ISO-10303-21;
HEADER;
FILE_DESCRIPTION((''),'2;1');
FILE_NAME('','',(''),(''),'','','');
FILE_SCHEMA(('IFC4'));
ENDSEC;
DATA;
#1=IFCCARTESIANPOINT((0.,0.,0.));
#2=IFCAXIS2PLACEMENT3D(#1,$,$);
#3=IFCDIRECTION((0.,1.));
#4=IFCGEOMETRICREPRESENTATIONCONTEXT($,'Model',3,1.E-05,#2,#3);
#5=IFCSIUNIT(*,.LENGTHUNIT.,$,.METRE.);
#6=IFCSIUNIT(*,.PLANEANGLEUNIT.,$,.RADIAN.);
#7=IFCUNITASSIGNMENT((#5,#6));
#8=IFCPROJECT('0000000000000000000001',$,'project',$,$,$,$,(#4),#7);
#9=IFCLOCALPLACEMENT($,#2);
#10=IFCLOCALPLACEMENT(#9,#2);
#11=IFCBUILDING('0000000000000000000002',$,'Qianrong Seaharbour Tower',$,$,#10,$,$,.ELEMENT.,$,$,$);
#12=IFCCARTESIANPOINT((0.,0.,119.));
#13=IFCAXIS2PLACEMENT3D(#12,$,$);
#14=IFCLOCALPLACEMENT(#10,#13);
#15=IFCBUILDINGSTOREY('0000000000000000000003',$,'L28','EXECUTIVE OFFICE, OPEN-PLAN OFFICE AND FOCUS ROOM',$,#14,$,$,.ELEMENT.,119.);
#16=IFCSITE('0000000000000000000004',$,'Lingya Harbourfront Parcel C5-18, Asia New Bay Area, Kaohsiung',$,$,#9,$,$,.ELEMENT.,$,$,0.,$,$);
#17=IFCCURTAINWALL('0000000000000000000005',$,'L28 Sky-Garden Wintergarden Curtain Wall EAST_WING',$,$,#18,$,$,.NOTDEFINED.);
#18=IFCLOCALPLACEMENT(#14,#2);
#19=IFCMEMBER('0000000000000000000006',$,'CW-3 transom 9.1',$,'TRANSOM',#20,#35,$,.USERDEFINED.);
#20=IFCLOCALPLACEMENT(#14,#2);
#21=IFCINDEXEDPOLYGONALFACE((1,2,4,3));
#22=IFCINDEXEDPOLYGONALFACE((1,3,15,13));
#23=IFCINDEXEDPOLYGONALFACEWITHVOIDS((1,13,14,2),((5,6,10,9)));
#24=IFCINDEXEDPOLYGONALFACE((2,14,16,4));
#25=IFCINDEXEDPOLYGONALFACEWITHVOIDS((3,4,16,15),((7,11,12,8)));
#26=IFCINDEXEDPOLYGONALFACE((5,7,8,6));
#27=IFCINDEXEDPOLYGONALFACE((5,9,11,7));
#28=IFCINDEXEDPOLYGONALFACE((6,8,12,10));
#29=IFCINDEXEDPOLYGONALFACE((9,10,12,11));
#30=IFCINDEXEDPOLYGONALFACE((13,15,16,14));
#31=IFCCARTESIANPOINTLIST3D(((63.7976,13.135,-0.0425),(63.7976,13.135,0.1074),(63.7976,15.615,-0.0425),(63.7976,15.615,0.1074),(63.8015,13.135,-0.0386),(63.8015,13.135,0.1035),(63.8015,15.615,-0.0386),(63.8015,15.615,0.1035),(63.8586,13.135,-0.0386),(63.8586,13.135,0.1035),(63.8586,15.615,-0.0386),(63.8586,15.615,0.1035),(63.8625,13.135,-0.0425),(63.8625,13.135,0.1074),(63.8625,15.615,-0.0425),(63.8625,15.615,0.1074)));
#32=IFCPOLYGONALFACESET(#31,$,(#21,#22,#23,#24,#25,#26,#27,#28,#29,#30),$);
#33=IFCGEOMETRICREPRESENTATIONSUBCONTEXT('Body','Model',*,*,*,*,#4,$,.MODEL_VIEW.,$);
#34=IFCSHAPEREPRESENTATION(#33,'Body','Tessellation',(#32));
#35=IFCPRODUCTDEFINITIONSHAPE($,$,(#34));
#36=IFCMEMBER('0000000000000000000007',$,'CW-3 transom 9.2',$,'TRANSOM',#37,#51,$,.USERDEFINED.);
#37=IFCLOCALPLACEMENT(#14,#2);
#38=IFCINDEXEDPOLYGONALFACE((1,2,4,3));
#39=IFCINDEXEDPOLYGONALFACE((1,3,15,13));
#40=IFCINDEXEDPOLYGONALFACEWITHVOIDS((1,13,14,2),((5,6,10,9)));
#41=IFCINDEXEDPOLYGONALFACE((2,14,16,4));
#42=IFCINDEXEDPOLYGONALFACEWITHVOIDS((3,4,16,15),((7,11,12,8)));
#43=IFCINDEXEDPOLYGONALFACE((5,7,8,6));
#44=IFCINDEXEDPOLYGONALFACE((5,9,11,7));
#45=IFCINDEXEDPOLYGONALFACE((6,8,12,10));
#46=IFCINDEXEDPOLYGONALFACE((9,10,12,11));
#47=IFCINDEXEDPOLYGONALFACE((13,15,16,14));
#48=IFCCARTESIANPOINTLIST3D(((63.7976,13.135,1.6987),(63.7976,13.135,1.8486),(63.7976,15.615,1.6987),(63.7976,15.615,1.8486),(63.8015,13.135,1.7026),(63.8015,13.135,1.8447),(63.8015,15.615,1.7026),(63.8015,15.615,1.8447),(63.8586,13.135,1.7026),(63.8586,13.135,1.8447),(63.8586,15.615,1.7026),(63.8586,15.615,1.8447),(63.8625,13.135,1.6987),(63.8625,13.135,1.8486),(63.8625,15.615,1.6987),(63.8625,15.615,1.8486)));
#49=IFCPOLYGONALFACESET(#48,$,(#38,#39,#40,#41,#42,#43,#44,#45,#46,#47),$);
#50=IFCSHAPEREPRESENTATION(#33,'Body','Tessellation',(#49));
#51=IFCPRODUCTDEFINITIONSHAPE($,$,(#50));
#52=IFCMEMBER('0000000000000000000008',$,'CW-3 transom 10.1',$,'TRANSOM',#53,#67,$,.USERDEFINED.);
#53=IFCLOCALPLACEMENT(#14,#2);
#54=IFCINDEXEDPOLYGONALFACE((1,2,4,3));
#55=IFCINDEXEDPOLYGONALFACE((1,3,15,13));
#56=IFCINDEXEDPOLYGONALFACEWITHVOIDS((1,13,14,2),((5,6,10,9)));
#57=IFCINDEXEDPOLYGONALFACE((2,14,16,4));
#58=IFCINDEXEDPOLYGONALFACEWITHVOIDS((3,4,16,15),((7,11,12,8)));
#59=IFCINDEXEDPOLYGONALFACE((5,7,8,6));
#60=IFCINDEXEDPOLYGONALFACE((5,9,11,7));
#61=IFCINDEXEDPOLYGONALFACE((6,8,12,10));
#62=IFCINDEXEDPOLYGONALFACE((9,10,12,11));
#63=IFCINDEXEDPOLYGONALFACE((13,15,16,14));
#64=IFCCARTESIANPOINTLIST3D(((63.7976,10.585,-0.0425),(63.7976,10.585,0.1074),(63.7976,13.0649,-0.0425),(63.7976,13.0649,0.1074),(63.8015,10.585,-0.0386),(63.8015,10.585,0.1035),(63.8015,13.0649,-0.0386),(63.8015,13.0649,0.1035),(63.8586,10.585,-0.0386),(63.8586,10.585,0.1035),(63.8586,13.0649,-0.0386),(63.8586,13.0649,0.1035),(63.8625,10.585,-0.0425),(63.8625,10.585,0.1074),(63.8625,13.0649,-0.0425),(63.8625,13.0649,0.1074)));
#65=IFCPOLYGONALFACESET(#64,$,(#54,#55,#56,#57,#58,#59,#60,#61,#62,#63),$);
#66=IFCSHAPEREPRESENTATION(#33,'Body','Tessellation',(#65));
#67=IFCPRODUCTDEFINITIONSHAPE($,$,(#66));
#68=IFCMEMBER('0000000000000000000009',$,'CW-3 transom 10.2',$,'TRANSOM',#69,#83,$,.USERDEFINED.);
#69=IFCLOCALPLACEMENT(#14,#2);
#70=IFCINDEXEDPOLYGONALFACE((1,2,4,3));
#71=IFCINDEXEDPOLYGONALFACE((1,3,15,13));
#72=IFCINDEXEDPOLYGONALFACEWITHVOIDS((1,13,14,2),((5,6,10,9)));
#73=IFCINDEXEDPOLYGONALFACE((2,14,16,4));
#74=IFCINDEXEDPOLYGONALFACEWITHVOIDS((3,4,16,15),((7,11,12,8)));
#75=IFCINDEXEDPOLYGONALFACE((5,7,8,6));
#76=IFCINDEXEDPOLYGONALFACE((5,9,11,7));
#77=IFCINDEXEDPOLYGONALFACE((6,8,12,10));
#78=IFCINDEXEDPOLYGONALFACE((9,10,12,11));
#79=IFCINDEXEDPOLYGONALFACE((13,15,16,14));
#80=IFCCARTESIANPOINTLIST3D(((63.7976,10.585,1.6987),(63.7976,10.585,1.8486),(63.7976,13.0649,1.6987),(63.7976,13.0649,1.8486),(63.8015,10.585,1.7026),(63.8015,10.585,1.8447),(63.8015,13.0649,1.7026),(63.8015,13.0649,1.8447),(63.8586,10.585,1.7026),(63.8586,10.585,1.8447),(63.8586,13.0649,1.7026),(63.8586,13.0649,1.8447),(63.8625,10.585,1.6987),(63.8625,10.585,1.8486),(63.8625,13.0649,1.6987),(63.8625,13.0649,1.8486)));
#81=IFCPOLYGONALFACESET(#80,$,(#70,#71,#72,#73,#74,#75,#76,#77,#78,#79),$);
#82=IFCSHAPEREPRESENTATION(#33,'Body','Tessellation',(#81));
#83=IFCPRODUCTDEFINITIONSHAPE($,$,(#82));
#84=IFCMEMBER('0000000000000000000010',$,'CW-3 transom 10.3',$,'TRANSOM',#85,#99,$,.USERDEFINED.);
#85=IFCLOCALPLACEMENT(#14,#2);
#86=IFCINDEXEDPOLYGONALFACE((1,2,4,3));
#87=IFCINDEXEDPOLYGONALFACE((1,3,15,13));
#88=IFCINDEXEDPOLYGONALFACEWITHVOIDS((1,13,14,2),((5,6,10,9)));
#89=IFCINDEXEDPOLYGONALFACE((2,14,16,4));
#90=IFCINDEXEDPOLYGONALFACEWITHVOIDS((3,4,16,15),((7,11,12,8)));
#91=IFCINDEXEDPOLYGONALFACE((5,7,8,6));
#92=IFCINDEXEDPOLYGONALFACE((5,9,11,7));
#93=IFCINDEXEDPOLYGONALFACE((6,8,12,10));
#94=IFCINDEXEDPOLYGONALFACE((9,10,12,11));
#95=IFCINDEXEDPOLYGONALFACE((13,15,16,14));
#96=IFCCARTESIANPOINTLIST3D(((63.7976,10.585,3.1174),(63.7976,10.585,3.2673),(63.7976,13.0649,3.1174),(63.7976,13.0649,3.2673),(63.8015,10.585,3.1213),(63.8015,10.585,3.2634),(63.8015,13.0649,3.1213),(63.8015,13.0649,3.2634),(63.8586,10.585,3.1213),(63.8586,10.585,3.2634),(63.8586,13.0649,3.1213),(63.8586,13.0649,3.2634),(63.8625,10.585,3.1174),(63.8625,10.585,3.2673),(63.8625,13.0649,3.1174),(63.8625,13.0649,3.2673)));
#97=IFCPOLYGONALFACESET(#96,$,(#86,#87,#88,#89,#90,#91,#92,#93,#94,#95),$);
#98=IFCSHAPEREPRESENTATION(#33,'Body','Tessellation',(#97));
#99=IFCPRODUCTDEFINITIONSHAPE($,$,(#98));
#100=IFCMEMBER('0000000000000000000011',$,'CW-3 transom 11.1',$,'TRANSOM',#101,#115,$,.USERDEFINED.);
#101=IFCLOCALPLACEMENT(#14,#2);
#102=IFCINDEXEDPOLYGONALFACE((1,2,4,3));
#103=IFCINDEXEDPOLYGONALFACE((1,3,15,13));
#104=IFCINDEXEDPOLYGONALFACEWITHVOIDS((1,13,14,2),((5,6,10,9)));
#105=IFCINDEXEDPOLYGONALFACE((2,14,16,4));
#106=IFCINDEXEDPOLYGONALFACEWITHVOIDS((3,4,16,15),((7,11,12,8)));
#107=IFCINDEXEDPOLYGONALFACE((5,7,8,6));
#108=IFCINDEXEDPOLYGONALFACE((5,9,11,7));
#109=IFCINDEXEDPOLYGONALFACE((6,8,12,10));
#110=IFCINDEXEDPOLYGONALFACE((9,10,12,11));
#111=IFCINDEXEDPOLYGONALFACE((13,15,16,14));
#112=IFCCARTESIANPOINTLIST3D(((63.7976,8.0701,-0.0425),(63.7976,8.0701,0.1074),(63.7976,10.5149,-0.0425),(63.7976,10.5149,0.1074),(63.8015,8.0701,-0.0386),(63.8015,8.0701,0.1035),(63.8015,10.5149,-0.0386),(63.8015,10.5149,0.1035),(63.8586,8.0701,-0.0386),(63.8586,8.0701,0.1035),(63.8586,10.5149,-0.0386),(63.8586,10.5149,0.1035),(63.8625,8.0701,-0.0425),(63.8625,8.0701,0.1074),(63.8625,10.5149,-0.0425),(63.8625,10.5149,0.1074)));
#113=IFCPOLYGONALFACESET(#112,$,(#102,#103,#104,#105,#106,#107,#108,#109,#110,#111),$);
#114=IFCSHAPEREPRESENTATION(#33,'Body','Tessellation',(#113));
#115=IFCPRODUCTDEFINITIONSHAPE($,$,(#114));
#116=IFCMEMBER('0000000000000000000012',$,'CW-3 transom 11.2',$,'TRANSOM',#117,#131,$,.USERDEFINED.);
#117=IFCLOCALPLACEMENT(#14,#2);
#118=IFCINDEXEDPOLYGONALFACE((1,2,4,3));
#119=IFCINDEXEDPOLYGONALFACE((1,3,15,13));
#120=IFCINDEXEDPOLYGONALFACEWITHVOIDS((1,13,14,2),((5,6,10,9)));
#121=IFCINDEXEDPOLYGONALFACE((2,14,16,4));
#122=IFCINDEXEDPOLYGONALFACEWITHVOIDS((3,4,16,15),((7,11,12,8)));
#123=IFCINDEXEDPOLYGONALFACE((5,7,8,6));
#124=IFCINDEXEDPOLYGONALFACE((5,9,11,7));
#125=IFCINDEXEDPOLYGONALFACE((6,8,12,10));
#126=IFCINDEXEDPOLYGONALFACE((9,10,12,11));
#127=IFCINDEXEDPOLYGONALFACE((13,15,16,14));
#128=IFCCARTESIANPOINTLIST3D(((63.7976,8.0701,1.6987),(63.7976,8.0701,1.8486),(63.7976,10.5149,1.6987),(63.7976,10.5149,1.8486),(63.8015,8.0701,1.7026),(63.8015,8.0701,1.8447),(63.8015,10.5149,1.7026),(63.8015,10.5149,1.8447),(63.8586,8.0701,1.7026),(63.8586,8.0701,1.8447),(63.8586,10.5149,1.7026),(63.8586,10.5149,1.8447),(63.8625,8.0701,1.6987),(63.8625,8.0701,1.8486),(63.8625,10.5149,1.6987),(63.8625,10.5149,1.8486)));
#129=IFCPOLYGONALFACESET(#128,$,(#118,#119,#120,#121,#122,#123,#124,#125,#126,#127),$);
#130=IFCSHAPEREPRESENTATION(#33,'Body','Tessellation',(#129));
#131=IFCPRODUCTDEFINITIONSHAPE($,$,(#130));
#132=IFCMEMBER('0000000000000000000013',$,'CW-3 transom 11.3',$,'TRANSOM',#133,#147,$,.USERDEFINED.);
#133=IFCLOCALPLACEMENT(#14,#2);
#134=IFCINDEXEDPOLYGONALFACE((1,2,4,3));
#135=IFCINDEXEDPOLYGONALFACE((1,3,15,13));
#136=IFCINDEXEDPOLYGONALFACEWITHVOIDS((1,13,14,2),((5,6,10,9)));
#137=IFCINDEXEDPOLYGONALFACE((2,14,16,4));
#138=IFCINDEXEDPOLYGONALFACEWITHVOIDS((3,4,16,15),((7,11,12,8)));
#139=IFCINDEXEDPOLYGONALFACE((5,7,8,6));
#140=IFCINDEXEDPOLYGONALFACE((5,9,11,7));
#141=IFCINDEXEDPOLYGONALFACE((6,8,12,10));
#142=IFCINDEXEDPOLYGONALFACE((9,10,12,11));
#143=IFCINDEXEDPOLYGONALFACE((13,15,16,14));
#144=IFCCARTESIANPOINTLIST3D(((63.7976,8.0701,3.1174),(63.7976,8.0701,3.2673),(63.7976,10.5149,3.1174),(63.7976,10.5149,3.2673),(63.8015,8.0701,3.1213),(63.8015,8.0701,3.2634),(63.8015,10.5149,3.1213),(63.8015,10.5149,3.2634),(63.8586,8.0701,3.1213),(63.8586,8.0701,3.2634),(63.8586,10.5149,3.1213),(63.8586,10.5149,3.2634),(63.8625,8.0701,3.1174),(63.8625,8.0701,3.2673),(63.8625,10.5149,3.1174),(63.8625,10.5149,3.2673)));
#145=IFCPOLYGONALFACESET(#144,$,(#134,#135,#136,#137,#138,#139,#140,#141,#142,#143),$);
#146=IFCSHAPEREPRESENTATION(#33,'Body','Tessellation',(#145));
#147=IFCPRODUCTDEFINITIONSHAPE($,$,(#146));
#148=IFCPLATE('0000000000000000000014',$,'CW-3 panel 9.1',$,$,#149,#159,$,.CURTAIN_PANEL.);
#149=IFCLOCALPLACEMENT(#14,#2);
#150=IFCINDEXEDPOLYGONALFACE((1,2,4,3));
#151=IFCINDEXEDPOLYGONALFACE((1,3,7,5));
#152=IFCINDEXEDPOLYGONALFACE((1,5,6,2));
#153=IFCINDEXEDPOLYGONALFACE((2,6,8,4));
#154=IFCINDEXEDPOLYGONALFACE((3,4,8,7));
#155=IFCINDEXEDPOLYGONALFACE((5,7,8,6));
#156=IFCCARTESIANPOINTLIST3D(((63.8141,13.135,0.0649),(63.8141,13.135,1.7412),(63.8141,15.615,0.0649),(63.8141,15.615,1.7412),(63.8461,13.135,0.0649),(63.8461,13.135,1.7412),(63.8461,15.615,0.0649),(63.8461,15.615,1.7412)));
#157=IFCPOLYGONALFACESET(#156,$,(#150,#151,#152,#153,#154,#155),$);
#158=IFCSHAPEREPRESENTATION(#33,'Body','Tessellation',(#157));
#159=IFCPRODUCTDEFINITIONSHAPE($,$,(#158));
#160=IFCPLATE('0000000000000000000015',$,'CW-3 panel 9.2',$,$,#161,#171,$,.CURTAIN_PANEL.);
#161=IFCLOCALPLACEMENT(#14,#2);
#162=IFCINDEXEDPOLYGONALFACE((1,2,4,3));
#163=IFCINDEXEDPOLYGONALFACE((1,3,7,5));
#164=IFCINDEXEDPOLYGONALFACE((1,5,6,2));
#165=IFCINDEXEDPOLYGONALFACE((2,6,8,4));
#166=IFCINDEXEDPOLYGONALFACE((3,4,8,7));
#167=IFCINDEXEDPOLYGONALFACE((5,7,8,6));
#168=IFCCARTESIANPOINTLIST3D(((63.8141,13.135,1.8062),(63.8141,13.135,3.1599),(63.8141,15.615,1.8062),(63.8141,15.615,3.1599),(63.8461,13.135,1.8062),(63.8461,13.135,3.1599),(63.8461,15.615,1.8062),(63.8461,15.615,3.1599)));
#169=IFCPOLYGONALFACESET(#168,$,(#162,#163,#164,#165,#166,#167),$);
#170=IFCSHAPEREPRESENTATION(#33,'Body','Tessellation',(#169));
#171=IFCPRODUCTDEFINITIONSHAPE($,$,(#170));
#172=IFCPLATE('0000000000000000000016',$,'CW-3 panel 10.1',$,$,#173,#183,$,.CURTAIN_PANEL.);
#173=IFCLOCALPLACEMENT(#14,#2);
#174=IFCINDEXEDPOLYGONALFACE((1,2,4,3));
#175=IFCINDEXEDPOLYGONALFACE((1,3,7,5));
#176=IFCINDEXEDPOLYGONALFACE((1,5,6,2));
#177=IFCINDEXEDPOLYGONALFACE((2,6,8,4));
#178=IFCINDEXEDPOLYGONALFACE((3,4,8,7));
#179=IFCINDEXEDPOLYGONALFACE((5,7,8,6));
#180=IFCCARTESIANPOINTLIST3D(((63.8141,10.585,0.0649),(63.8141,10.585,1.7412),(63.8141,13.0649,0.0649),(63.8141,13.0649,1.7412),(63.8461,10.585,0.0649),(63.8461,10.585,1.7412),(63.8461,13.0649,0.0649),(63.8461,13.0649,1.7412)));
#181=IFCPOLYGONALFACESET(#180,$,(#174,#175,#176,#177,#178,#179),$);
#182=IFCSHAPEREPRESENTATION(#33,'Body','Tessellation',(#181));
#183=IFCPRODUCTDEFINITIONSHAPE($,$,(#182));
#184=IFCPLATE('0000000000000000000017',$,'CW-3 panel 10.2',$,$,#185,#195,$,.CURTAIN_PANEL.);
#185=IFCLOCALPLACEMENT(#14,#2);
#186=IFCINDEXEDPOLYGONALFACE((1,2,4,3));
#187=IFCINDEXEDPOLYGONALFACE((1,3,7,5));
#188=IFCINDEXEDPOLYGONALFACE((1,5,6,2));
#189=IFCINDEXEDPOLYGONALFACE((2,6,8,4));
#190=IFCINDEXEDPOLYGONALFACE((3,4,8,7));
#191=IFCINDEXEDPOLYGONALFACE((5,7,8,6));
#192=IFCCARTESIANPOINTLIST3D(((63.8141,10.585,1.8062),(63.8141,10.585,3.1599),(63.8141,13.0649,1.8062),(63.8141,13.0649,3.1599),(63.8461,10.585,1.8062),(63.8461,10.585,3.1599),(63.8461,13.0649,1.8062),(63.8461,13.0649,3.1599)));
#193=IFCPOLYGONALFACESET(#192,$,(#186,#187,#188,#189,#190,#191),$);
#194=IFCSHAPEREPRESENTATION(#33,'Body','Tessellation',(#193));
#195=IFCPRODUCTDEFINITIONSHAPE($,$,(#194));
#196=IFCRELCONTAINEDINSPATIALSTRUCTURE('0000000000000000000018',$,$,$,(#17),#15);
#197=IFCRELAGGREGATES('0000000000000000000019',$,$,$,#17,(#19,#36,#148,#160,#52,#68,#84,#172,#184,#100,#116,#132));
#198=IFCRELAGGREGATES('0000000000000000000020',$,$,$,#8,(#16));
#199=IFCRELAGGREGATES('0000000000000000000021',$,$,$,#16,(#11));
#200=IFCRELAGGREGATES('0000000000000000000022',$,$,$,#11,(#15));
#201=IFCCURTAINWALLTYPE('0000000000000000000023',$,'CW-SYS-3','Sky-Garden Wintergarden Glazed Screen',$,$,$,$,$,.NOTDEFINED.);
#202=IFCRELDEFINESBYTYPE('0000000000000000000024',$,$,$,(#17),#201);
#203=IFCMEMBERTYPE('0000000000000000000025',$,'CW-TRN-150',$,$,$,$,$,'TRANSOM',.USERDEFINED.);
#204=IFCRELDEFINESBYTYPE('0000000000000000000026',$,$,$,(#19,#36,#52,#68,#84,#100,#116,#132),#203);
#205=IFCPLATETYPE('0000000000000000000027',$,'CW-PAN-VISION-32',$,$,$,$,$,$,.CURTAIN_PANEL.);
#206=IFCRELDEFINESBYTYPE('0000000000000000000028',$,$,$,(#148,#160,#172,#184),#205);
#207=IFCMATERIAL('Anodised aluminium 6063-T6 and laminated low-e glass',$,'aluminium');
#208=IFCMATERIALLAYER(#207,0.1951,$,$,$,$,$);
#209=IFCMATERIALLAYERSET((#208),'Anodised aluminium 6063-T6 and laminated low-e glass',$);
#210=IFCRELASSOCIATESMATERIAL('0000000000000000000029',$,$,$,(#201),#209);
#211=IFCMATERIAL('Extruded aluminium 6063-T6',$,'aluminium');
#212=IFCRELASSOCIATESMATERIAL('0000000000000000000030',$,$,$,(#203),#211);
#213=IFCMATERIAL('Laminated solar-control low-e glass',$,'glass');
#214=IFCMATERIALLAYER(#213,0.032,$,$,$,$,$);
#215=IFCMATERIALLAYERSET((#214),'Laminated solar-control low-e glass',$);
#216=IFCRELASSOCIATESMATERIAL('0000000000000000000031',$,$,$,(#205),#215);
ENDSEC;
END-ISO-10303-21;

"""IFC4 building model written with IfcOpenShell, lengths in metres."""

from ifc_helpers import new_model, si_unit, direction, frame, origin, origin_2d, place, context, subcontext, project, spatial, rectangle, hollow_rectangle, extrude, material, layer, layer_set, material_profile, profile_set, type_object, element, aggregate, save


model = new_model("IFC4")

# Units and contexts
model_context = context("Model", 3, precision=1e-05, world=origin(), true_north=direction((0.0, 1.0)))
body_context = subcontext(model_context, "Body", "Model", "MODEL_VIEW")
ifc_project = project(units=[si_unit("LENGTHUNIT", "METRE"), si_unit("PLANEANGLEUNIT", "RADIAN")], contexts=[model_context])

# Site, building, storey
site_placement = place(None, origin())
site = spatial("IfcSite", under=ifc_project, at=site_placement, Name="Lingya Harbourfront Parcel C5-18, Asia New Bay Area, Kaohsiung", CompositionType="ELEMENT", RefElevation=0.0)
building_placement = place(site_placement, origin())
building = spatial("IfcBuilding", under=site, at=building_placement, Name="Qianrong Seaharbour Tower", CompositionType="ELEMENT")
storey_placement = place(building_placement, frame((0.0, 0.0, 119.0)))
storey = spatial("IfcBuildingStorey", under=building, at=storey_placement, Name="L28", Description="EXECUTIVE OFFICE, OPEN-PLAN OFFICE AND FOCUS ROOM", CompositionType="ELEMENT", Elevation=119.0)

# Curtain wall, members, plates
ifc_material_1 = material(Name="Anodised aluminium 6063-T6 and laminated low-e glass", Category="aluminium")
ifc_layer_1 = layer(ifc_material_1, 0.1951)
ifc_layer_set_1 = layer_set([ifc_layer_1], Name="Anodised aluminium 6063-T6 and laminated low-e glass")
curtain_wall_type = type_object("IfcCurtainWallType", Name="CW-SYS-3", Description="Sky-Garden Wintergarden Glazed Screen", PredefinedType="NOTDEFINED", material=ifc_layer_set_1)
curtain_wall_placement = place(storey_placement, origin())
curtain_wall = element("IfcCurtainWall", 1, at=curtain_wall_placement, inside=storey, type_object=curtain_wall_type, Name="L28 Sky-Garden Wintergarden Curtain Wall EAST_WING", PredefinedType="NOTDEFINED")
ifc_material_2 = material(Name="Extruded aluminium 6063-T6", Category="aluminium")
ifc_material_profile_1 = material_profile(ifc_material_2, hollow_rectangle(XDim=0.0649, YDim=0.1499, WallThickness=0.0039, at=origin_2d()), Name="ALU-TRN-150x65x4")
ifc_profile_set_1 = profile_set([ifc_material_profile_1], Name="Extruded aluminium 6063-T6")
member_type_1 = type_object("IfcMemberType", Name="CW-TRN-150", ElementType="TRANSOM", PredefinedType="USERDEFINED", material=ifc_profile_set_1)
member_1_placement = place(storey_placement, frame((63.8301, 15.615, 0.0325), z_axis=(0.0, -1.0, 0.0), x_axis=(1.0, 0.0, 0.0)))
member_1 = element("IfcMember", 2, at=member_1_placement, type_object=member_type_1, Name="CW-3 transom 9.1", ObjectType="TRANSOM", PredefinedType="USERDEFINED", context=body_context, shape_type="SweptSolid", body=[
    extrude(hollow_rectangle(XDim=0.0649, YDim=0.1499, WallThickness=0.0039, at=origin_2d()), origin(), (0.0, 0.0, 1.0), 2.48),
])
member_2_placement = place(storey_placement, frame((63.8301, 15.615, 1.7737), z_axis=(0.0, -1.0, 0.0), x_axis=(1.0, 0.0, 0.0)))
member_2 = element("IfcMember", 3, at=member_2_placement, type_object=member_type_1, Name="CW-3 transom 9.2", ObjectType="TRANSOM", PredefinedType="USERDEFINED", context=body_context, shape_type="SweptSolid", body=[
    extrude(hollow_rectangle(XDim=0.0649, YDim=0.1499, WallThickness=0.0039, at=origin_2d()), origin(), (0.0, 0.0, 1.0), 2.48),
])
member_3_placement = place(storey_placement, frame((63.8301, 13.0649, 0.0325), z_axis=(0.0, -1.0, 0.0), x_axis=(1.0, 0.0, 0.0)))
member_3 = element("IfcMember", 4, at=member_3_placement, type_object=member_type_1, Name="CW-3 transom 10.1", ObjectType="TRANSOM", PredefinedType="USERDEFINED", context=body_context, shape_type="SweptSolid", body=[
    extrude(hollow_rectangle(XDim=0.0649, YDim=0.1499, WallThickness=0.0039, at=origin_2d()), origin(), (0.0, 0.0, 1.0), 2.48),
])
member_4_placement = place(storey_placement, frame((63.8301, 13.0649, 1.7737), z_axis=(0.0, -1.0, 0.0), x_axis=(1.0, 0.0, 0.0)))
member_4 = element("IfcMember", 5, at=member_4_placement, type_object=member_type_1, Name="CW-3 transom 10.2", ObjectType="TRANSOM", PredefinedType="USERDEFINED", context=body_context, shape_type="SweptSolid", body=[
    extrude(hollow_rectangle(XDim=0.0649, YDim=0.1499, WallThickness=0.0039, at=origin_2d()), origin(), (0.0, 0.0, 1.0), 2.48),
])
member_5_placement = place(storey_placement, frame((63.8301, 13.0649, 3.1924), z_axis=(0.0, -1.0, 0.0), x_axis=(1.0, 0.0, 0.0)))
member_5 = element("IfcMember", 6, at=member_5_placement, type_object=member_type_1, Name="CW-3 transom 10.3", ObjectType="TRANSOM", PredefinedType="USERDEFINED", context=body_context, shape_type="SweptSolid", body=[
    extrude(hollow_rectangle(XDim=0.0649, YDim=0.1499, WallThickness=0.0039, at=origin_2d()), origin(), (0.0, 0.0, 1.0), 2.48),
])
member_6_placement = place(storey_placement, frame((63.8301, 10.5149, 0.0325), z_axis=(0.0, -1.0, 0.0), x_axis=(1.0, 0.0, 0.0)))
member_6 = element("IfcMember", 7, at=member_6_placement, type_object=member_type_1, Name="CW-3 transom 11.1", ObjectType="TRANSOM", PredefinedType="USERDEFINED", context=body_context, shape_type="SweptSolid", body=[
    extrude(hollow_rectangle(XDim=0.0649, YDim=0.1499, WallThickness=0.0039, at=origin_2d()), origin(), (0.0, 0.0, 1.0), 2.4448),
])
member_7_placement = place(storey_placement, frame((63.8301, 10.5149, 1.7737), z_axis=(0.0, -1.0, 0.0), x_axis=(1.0, 0.0, 0.0)))
member_7 = element("IfcMember", 8, at=member_7_placement, type_object=member_type_1, Name="CW-3 transom 11.2", ObjectType="TRANSOM", PredefinedType="USERDEFINED", context=body_context, shape_type="SweptSolid", body=[
    extrude(hollow_rectangle(XDim=0.0649, YDim=0.1499, WallThickness=0.0039, at=origin_2d()), origin(), (0.0, 0.0, 1.0), 2.4448),
])
member_8_placement = place(storey_placement, frame((63.8301, 10.5149, 3.1924), z_axis=(0.0, -1.0, 0.0), x_axis=(1.0, 0.0, 0.0)))
member_8 = element("IfcMember", 9, at=member_8_placement, type_object=member_type_1, Name="CW-3 transom 11.3", ObjectType="TRANSOM", PredefinedType="USERDEFINED", context=body_context, shape_type="SweptSolid", body=[
    extrude(hollow_rectangle(XDim=0.0649, YDim=0.1499, WallThickness=0.0039, at=origin_2d()), origin(), (0.0, 0.0, 1.0), 2.4448),
])
ifc_material_3 = material(Name="Laminated solar-control low-e glass", Category="glass")
ifc_layer_2 = layer(ifc_material_3, 0.032)
ifc_layer_set_2 = layer_set([ifc_layer_2], Name="Laminated solar-control low-e glass")
plate_type = type_object("IfcPlateType", Name="CW-PAN-VISION-32", PredefinedType="CURTAIN_PANEL", material=ifc_layer_set_2)
plate_1_placement = place(storey_placement, frame((63.8301, 14.375, 0.0649), z_axis=(0.0, 0.0, 1.0), x_axis=(0.0, -1.0, 0.0)))
plate_1 = element("IfcPlate", 10, at=plate_1_placement, type_object=plate_type, Name="CW-3 panel 9.1", PredefinedType="CURTAIN_PANEL", context=body_context, shape_type="SweptSolid", body=[
    extrude(rectangle(XDim=2.48, YDim=0.032, at=origin_2d()), origin(), (0.0, 0.0, 1.0), 1.6763),
])
plate_2_placement = place(storey_placement, frame((63.8301, 14.375, 1.8062), z_axis=(0.0, 0.0, 1.0), x_axis=(0.0, -1.0, 0.0)))
plate_2 = element("IfcPlate", 11, at=plate_2_placement, type_object=plate_type, Name="CW-3 panel 9.2", PredefinedType="CURTAIN_PANEL", context=body_context, shape_type="SweptSolid", body=[
    extrude(rectangle(XDim=2.48, YDim=0.032, at=origin_2d()), origin(), (0.0, 0.0, 1.0), 1.3538),
])
plate_3_placement = place(storey_placement, frame((63.8301, 11.825, 0.0649), z_axis=(0.0, 0.0, 1.0), x_axis=(0.0, -1.0, 0.0)))
plate_3 = element("IfcPlate", 12, at=plate_3_placement, type_object=plate_type, Name="CW-3 panel 10.1", PredefinedType="CURTAIN_PANEL", context=body_context, shape_type="SweptSolid", body=[
    extrude(rectangle(XDim=2.48, YDim=0.032, at=origin_2d()), origin(), (0.0, 0.0, 1.0), 1.6763),
])
plate_4_placement = place(storey_placement, frame((63.8301, 11.825, 1.8062), z_axis=(0.0, 0.0, 1.0), x_axis=(0.0, -1.0, 0.0)))
plate_4 = element("IfcPlate", 13, at=plate_4_placement, type_object=plate_type, Name="CW-3 panel 10.2", PredefinedType="CURTAIN_PANEL", context=body_context, shape_type="SweptSolid", body=[
    extrude(rectangle(XDim=2.48, YDim=0.032, at=origin_2d()), origin(), (0.0, 0.0, 1.0), 1.3538),
])
aggregate(curtain_wall, [member_1, member_2, plate_1, plate_2, member_3, member_4, member_5, plate_3, plate_4, member_6, member_7, member_8])

save(model, "model.ifc")
